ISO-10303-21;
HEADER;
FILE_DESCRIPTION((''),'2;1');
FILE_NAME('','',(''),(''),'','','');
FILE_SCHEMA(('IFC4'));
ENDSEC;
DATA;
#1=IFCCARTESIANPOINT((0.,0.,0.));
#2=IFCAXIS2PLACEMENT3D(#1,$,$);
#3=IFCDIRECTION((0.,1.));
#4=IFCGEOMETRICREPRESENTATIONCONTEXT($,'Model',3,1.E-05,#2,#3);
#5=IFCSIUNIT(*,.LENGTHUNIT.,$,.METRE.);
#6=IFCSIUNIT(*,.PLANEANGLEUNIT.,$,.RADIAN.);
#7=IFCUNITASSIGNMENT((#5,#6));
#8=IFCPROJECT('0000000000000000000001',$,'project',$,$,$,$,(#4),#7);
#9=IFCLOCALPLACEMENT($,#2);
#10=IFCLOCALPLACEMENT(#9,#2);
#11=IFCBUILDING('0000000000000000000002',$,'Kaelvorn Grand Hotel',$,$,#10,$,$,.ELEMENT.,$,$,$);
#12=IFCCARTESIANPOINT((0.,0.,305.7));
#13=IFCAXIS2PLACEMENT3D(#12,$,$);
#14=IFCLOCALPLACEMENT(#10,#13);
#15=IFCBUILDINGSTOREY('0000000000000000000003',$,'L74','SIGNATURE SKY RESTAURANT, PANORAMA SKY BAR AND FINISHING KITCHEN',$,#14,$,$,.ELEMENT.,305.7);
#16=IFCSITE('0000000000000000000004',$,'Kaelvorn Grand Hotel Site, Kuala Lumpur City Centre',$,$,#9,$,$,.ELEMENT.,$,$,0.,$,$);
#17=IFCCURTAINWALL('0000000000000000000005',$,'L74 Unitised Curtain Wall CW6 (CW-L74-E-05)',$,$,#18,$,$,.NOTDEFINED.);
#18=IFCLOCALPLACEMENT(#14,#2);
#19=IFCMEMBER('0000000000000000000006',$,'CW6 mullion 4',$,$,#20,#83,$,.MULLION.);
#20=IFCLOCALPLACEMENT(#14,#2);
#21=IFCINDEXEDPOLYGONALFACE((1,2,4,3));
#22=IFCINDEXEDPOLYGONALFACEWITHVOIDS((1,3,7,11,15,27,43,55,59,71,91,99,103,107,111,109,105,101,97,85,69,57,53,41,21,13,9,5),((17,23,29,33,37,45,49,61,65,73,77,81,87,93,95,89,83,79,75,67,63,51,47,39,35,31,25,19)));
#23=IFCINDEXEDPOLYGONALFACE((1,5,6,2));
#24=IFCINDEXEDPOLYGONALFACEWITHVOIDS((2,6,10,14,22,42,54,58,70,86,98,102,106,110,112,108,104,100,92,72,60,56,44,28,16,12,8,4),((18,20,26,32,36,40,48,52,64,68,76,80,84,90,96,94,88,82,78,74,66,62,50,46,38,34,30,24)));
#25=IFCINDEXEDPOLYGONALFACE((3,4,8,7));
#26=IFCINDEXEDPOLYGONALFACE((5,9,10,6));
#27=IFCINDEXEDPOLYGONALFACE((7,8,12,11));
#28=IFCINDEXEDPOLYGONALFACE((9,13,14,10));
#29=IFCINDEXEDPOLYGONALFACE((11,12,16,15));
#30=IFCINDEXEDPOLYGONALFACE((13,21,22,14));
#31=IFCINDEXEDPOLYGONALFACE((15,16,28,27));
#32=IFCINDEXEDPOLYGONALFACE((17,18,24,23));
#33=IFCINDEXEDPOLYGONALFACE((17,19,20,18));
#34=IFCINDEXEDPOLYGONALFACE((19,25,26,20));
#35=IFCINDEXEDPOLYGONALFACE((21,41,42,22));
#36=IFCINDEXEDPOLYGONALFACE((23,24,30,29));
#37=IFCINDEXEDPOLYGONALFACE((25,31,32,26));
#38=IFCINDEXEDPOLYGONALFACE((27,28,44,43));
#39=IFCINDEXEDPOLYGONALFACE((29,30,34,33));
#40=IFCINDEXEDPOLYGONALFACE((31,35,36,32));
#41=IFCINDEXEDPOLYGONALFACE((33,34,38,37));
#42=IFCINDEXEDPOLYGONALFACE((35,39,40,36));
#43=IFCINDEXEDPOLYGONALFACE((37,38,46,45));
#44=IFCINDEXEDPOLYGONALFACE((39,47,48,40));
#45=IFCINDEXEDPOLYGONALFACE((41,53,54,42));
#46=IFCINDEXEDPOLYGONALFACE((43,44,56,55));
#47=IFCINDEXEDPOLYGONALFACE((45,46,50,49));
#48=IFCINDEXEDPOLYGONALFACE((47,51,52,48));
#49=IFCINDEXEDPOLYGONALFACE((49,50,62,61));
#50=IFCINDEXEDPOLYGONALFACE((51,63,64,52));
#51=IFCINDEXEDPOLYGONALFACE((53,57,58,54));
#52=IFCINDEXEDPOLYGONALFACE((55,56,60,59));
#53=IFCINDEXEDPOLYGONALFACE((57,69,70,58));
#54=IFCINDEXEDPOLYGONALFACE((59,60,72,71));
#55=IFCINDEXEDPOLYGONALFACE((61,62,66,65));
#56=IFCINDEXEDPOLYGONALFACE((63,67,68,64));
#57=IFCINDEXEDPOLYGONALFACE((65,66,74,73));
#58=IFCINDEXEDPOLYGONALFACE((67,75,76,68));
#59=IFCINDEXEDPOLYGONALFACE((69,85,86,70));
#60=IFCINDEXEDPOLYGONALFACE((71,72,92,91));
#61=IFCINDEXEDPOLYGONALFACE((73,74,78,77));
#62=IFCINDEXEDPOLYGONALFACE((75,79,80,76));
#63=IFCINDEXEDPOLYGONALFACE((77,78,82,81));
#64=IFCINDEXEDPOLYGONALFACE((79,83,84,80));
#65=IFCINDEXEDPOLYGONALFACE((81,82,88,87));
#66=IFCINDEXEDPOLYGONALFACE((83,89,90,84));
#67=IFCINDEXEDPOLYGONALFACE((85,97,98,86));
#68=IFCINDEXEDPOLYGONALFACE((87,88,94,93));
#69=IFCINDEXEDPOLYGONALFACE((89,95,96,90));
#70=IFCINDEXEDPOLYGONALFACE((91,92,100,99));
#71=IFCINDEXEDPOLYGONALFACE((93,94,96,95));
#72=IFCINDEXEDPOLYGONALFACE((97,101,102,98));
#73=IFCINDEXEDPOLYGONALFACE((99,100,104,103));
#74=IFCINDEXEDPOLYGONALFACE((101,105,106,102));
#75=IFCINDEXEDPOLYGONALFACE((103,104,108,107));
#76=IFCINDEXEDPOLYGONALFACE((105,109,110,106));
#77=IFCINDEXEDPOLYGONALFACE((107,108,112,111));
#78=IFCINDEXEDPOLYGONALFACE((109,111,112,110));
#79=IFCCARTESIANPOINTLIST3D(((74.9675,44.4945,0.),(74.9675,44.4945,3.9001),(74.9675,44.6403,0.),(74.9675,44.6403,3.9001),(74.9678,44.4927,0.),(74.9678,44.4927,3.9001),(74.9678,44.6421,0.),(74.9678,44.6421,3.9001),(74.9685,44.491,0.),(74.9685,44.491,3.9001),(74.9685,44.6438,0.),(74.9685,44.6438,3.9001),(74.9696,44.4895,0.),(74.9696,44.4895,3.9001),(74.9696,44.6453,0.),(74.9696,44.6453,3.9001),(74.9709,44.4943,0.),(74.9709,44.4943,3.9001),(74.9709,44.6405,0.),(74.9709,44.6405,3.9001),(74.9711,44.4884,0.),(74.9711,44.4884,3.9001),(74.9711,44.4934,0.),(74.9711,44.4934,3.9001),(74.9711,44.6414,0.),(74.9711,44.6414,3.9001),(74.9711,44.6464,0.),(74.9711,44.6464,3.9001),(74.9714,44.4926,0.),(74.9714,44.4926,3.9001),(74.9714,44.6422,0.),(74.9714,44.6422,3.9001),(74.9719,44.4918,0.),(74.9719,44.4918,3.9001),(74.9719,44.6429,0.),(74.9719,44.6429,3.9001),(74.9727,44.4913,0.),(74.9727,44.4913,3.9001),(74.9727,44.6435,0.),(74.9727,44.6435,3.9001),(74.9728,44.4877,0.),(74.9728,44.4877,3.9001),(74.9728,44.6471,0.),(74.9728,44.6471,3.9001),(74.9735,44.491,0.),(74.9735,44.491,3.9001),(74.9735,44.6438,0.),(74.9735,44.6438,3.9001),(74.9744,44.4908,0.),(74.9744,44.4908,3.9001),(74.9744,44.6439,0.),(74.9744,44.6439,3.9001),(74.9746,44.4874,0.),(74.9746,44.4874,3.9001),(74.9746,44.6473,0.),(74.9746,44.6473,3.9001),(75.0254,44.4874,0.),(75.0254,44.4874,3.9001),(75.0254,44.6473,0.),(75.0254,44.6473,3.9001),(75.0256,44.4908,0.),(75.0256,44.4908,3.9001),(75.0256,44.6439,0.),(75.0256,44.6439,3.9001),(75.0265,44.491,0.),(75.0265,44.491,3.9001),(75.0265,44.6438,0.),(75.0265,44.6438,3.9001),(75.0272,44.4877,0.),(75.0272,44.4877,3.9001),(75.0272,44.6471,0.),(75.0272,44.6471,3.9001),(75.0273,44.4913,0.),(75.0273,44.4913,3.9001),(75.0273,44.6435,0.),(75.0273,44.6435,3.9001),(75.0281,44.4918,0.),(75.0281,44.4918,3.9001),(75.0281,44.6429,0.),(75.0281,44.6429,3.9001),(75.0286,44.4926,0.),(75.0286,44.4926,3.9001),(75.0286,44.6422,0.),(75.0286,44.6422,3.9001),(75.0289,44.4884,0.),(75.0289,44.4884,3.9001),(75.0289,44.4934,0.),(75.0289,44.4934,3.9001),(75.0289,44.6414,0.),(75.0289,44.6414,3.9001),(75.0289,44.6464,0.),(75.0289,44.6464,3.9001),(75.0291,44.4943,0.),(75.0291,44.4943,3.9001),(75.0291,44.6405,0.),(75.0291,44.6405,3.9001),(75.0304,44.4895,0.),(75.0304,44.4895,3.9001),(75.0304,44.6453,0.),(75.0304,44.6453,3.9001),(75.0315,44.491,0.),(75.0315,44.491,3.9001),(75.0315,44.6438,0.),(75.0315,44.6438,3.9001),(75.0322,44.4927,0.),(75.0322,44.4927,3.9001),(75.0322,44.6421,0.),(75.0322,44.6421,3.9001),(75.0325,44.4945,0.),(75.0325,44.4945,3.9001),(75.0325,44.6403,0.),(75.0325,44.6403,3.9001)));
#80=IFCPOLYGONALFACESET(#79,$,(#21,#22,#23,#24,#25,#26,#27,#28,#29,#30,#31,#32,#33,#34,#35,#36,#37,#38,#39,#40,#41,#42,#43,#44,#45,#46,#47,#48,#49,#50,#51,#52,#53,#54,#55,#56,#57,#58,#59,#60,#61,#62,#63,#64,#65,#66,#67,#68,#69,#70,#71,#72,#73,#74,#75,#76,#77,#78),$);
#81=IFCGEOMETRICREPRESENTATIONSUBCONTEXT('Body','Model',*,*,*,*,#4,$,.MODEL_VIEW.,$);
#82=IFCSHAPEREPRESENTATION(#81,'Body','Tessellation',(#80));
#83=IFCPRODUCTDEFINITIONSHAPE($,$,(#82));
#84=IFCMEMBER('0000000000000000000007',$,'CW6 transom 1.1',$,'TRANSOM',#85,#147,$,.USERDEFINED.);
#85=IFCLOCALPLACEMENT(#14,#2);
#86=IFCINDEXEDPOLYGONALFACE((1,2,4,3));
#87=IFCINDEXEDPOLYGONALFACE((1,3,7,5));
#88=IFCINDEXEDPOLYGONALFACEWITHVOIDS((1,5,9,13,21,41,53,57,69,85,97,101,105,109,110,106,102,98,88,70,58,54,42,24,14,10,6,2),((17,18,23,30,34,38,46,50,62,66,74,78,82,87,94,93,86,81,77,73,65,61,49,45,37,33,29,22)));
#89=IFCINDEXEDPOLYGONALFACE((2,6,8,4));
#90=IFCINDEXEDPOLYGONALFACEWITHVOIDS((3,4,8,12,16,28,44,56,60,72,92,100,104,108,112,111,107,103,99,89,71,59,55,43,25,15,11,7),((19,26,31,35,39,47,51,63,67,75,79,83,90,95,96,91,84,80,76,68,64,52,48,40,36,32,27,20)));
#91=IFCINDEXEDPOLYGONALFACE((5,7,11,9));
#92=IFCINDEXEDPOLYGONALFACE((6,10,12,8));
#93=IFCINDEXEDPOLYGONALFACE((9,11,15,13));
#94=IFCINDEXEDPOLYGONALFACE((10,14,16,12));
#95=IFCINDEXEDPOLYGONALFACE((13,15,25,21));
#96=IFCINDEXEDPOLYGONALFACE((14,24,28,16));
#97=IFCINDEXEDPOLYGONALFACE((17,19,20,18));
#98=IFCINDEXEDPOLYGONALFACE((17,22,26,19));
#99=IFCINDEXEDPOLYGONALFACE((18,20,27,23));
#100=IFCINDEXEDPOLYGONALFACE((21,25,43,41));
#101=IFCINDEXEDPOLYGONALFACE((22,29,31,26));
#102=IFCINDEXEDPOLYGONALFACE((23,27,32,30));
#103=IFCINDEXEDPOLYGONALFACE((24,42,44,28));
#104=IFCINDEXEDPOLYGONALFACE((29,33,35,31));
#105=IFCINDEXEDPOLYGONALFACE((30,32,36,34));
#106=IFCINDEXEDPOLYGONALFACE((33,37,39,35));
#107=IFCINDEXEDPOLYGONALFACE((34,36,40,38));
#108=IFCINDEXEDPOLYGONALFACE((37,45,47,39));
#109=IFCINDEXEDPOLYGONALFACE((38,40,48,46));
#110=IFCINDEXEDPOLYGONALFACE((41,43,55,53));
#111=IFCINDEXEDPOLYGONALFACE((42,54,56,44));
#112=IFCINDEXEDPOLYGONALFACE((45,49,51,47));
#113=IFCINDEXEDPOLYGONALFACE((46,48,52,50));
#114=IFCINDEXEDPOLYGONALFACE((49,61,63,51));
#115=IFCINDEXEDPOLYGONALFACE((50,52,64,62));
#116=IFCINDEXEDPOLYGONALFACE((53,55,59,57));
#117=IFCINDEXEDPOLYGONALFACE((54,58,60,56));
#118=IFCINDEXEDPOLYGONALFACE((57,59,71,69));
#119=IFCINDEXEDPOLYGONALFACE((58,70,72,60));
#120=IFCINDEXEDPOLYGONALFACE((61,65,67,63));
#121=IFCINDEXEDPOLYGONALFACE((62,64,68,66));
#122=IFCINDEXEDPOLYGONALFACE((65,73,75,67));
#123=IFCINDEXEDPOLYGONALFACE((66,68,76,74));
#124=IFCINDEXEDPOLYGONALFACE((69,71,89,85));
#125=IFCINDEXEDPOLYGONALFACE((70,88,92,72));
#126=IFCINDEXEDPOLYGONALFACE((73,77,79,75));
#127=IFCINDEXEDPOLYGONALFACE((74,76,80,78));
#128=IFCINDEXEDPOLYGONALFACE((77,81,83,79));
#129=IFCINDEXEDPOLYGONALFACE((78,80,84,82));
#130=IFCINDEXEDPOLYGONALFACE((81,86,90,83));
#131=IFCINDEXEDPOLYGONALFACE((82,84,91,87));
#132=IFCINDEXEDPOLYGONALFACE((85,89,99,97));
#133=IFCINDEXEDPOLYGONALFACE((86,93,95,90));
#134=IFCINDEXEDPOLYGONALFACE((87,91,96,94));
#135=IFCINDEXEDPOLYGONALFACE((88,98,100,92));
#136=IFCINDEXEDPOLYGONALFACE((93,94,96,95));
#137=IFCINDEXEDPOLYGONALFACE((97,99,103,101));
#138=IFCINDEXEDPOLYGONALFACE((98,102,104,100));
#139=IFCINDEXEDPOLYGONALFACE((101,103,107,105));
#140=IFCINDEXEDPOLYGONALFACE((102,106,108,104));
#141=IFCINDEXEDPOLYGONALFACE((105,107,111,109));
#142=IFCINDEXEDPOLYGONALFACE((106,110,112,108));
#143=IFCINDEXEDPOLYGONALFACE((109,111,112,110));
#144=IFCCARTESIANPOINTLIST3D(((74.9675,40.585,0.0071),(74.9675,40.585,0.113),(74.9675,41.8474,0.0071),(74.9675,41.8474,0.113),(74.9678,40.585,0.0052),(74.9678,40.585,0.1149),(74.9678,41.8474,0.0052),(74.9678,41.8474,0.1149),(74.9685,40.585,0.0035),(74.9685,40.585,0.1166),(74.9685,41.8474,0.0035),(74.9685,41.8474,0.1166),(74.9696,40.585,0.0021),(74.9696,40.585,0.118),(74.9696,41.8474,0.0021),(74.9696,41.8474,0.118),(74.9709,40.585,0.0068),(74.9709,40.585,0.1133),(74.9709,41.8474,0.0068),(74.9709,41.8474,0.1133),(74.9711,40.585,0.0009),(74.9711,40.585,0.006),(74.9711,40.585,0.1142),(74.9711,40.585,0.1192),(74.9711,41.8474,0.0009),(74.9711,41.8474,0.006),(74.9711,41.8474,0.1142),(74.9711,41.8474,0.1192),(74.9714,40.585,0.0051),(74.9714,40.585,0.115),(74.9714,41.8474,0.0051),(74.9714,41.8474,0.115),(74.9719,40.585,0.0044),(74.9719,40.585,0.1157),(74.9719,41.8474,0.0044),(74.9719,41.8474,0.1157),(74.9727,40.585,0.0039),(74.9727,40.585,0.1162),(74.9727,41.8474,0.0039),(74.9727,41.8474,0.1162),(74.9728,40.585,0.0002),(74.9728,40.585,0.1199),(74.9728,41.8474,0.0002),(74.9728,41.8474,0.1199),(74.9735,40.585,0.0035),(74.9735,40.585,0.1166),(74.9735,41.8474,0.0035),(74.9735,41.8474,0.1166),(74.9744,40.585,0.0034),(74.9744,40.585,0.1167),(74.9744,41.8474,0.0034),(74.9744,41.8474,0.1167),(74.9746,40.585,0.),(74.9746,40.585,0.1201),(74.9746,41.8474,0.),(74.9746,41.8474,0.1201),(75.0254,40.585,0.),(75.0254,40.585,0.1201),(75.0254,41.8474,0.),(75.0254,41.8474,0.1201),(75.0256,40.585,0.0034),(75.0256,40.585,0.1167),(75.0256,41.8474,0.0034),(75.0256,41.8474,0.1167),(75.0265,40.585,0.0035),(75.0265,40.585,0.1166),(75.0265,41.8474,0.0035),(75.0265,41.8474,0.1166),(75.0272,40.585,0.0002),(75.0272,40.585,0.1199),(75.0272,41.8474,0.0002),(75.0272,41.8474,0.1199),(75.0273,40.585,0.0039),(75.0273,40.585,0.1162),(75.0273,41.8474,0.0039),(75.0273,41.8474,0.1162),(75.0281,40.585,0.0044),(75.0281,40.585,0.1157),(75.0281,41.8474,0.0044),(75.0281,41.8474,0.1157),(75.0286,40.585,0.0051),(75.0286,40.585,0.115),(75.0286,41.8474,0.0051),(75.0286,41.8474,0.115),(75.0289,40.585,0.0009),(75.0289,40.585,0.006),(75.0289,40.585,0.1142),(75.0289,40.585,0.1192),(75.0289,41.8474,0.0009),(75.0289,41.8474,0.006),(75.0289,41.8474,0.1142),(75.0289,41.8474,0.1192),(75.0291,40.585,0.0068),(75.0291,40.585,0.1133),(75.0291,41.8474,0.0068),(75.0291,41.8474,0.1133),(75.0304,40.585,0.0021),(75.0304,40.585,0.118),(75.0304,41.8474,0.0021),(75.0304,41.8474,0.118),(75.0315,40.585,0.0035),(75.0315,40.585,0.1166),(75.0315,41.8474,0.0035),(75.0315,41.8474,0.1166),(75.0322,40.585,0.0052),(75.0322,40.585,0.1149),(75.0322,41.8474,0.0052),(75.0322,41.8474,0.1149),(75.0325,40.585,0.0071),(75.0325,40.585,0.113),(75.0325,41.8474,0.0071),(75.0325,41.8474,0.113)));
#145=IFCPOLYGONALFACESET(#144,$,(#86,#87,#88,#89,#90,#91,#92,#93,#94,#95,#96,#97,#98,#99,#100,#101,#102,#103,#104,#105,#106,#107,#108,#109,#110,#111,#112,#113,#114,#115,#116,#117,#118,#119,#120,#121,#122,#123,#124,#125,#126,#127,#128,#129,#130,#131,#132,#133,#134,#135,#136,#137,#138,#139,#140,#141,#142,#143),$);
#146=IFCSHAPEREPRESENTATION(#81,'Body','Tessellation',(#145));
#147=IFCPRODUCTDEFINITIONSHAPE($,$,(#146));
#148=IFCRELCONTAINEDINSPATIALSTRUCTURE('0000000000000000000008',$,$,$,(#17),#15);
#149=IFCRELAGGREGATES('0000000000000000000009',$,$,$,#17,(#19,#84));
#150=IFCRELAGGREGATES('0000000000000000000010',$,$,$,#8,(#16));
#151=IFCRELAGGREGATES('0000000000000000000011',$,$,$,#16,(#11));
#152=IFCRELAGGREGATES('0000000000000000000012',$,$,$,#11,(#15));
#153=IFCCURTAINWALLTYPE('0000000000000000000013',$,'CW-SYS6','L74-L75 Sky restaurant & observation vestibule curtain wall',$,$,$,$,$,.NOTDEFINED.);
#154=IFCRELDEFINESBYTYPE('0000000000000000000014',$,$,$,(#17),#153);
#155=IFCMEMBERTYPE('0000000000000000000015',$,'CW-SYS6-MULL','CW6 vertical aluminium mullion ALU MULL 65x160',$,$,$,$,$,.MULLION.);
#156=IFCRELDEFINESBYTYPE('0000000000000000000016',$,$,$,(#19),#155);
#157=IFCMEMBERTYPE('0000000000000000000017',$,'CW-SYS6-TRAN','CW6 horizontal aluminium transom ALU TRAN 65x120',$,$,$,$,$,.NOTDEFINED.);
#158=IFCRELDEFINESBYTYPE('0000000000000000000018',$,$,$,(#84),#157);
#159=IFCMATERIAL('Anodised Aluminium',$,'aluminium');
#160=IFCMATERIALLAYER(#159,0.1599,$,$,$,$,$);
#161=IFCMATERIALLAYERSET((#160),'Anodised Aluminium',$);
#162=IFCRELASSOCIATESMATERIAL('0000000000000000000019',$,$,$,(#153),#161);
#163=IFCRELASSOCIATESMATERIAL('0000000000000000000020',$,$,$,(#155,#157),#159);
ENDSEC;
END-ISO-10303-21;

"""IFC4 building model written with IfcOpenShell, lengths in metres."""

from ifc_helpers import new_model, si_unit, direction, frame, origin, origin_2d, place, context, subcontext, project, spatial, hollow_rectangle, extrude, material, layer, layer_set, material_profile, profile_set, type_object, element, aggregate, save


model = new_model("IFC4")

# Units and contexts
model_context = context("Model", 3, precision=1e-05, world=origin(), true_north=direction((0.0, 1.0)))
body_context = subcontext(model_context, "Body", "Model", "MODEL_VIEW")
ifc_project = project(units=[si_unit("LENGTHUNIT", "METRE"), si_unit("PLANEANGLEUNIT", "RADIAN")], contexts=[model_context])

# Site, building, storey
site_placement = place(None, origin())
site = spatial("IfcSite", under=ifc_project, at=site_placement, Name="Kaelvorn Grand Hotel Site, Kuala Lumpur City Centre", CompositionType="ELEMENT", RefElevation=0.0)
building_placement = place(site_placement, origin())
building = spatial("IfcBuilding", under=site, at=building_placement, Name="Kaelvorn Grand Hotel", CompositionType="ELEMENT")
storey_placement = place(building_placement, frame((0.0, 0.0, 305.7)))
storey = spatial("IfcBuildingStorey", under=building, at=storey_placement, Name="L74", Description="SIGNATURE SKY RESTAURANT, PANORAMA SKY BAR AND FINISHING KITCHEN", CompositionType="ELEMENT", Elevation=305.7)

# Curtain wall, members
ifc_material_1 = material(Name="Anodised Aluminium", Category="aluminium")
ifc_layer_1 = layer(ifc_material_1, 0.1599)
ifc_layer_set_1 = layer_set([ifc_layer_1], Name="Anodised Aluminium")
curtain_wall_type = type_object("IfcCurtainWallType", Name="CW-SYS6", Description="L74-L75 Sky restaurant & observation vestibule curtain wall", PredefinedType="NOTDEFINED", material=ifc_layer_set_1)
curtain_wall_placement = place(storey_placement, origin())
curtain_wall = element("IfcCurtainWall", 1, at=curtain_wall_placement, inside=storey, type_object=curtain_wall_type, Name="L74 Unitised Curtain Wall CW6 (CW-L74-E-05)", PredefinedType="NOTDEFINED")
ifc_material_profile_1 = material_profile(ifc_material_1, hollow_rectangle(XDim=0.0649, YDim=0.1599, WallThickness=0.0034, InnerFilletRadius=0.0034, OuterFilletRadius=0.0071, at=origin_2d()), Name="ALU MULL 65x160")
ifc_profile_set_1 = profile_set([ifc_material_profile_1], Name="Anodised Aluminium")
member_type_1 = type_object("IfcMemberType", Name="CW-SYS6-MULL", Description="CW6 vertical aluminium mullion ALU MULL 65x160", PredefinedType="MULLION", material=ifc_profile_set_1)
member_1_placement = place(storey_placement, frame((75.0, 44.5674, 0.0), z_axis=(0.0, 0.0, 1.0), x_axis=(-1.0, 0.0, 0.0)))
member_1 = element("IfcMember", 2, at=member_1_placement, type_object=member_type_1, Name="CW6 mullion 4", PredefinedType="MULLION", context=body_context, shape_type="SweptSolid", body=[
    extrude(hollow_rectangle(XDim=0.0649, YDim=0.1599, WallThickness=0.0034, InnerFilletRadius=0.0034, OuterFilletRadius=0.0071, at=origin_2d()), origin(), (0.0, 0.0, 1.0), 3.9001),
])
ifc_material_profile_2 = material_profile(ifc_material_1, hollow_rectangle(XDim=0.0649, YDim=0.1201, WallThickness=0.0034, InnerFilletRadius=0.0034, OuterFilletRadius=0.0071, at=origin_2d()), Name="ALU TRAN 65x120")
ifc_profile_set_2 = profile_set([ifc_material_profile_2], Name="Anodised Aluminium")
member_type_2 = type_object("IfcMemberType", Name="CW-SYS6-TRAN", Description="CW6 horizontal aluminium transom ALU TRAN 65x120", PredefinedType="NOTDEFINED", material=ifc_profile_set_2)
member_2_placement = place(storey_placement, frame((75.0, 40.585, 0.0601), z_axis=(0.0, 1.0, 0.0), x_axis=(-1.0, 0.0, 0.0)))
member_2 = element("IfcMember", 3, at=member_2_placement, type_object=member_type_2, Name="CW6 transom 1.1", ObjectType="TRANSOM", PredefinedType="USERDEFINED", context=body_context, shape_type="SweptSolid", body=[
    extrude(hollow_rectangle(XDim=0.0649, YDim=0.1201, WallThickness=0.0034, InnerFilletRadius=0.0034, OuterFilletRadius=0.0071, at=origin_2d()), origin(), (0.0, 0.0, 1.0), 1.2625),
])
aggregate(curtain_wall, [member_1, member_2])

save(model, "model.ifc")
